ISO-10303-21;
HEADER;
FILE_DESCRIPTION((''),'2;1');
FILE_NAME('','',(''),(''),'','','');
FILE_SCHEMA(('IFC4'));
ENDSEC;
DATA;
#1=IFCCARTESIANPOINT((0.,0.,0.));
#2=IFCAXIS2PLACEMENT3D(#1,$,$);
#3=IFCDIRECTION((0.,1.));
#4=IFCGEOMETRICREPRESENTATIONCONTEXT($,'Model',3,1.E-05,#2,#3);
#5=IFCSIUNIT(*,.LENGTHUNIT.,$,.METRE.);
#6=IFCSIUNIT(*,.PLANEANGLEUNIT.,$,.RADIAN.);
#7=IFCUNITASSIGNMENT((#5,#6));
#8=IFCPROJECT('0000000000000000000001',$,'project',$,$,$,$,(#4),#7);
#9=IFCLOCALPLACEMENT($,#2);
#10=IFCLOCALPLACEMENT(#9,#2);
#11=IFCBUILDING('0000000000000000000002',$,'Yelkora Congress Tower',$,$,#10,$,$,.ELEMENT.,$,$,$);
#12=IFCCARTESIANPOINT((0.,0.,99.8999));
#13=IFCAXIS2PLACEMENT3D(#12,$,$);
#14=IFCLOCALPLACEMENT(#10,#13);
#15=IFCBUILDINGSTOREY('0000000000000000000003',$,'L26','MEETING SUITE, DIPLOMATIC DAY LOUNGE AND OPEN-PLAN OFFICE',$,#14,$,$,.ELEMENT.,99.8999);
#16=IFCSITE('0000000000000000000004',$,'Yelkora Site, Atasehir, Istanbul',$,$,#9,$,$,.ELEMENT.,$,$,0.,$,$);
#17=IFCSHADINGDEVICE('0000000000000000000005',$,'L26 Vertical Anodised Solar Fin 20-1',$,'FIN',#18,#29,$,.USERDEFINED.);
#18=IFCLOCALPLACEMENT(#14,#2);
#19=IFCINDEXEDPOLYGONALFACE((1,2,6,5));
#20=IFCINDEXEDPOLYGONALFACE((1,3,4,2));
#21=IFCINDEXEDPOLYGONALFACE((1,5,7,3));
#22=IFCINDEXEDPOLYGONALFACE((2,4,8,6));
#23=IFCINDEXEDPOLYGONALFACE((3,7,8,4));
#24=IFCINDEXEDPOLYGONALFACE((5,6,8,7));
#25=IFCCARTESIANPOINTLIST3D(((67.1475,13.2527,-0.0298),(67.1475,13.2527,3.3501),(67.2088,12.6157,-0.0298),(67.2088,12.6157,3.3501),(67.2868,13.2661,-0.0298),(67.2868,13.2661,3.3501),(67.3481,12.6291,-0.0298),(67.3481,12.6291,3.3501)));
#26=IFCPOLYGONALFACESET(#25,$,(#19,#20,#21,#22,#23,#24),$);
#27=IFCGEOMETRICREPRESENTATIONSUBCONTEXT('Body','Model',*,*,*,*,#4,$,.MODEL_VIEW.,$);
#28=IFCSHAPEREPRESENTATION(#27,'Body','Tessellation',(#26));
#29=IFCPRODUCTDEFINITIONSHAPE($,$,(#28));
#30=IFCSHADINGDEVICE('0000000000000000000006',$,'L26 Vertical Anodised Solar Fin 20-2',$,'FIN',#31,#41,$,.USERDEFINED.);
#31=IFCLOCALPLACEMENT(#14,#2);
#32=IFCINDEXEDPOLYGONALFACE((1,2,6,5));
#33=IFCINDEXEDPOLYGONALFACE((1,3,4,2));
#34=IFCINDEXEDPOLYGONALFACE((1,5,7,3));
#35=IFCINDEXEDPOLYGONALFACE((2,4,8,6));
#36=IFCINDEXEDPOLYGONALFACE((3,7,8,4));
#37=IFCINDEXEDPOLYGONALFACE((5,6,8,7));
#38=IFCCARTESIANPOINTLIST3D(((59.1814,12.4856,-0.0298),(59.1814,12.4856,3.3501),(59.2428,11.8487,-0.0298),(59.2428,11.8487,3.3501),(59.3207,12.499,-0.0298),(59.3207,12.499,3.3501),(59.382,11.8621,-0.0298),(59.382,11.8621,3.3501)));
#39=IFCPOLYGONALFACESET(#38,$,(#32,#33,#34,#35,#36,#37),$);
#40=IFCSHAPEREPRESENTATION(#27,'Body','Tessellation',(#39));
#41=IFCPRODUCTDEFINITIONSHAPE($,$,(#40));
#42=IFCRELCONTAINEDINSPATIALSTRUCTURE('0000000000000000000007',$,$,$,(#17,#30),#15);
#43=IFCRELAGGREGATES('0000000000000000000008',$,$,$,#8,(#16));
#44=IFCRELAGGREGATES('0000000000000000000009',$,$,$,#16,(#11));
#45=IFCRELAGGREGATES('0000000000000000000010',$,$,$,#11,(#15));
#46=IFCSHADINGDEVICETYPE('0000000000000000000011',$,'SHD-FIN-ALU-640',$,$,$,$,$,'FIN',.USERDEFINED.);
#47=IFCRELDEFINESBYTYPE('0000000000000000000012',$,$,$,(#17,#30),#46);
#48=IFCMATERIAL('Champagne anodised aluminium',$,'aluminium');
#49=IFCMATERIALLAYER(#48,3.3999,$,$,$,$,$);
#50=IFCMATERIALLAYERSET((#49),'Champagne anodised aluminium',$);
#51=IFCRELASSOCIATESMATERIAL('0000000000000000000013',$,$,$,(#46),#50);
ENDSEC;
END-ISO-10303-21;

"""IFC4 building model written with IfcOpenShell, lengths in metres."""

from ifc_helpers import new_model, si_unit, direction, frame, origin, origin_2d, place, context, subcontext, project, spatial, rectangle, extrude, material, layer, layer_set, type_object, element, save


model = new_model("IFC4")

# Units and contexts
model_context = context("Model", 3, precision=1e-05, world=origin(), true_north=direction((0.0, 1.0)))
body_context = subcontext(model_context, "Body", "Model", "MODEL_VIEW")
ifc_project = project(units=[si_unit("LENGTHUNIT", "METRE"), si_unit("PLANEANGLEUNIT", "RADIAN")], contexts=[model_context])

# Site, building, storey
site_placement = place(None, origin())
site = spatial("IfcSite", under=ifc_project, at=site_placement, Name="Yelkora Site, Atasehir, Istanbul", CompositionType="ELEMENT", RefElevation=0.0)
building_placement = place(site_placement, origin())
building = spatial("IfcBuilding", under=site, at=building_placement, Name="Yelkora Congress Tower", CompositionType="ELEMENT")
storey_placement = place(building_placement, frame((0.0, 0.0, 99.8999)))
storey = spatial("IfcBuildingStorey", under=building, at=storey_placement, Name="L26", Description="MEETING SUITE, DIPLOMATIC DAY LOUNGE AND OPEN-PLAN OFFICE", CompositionType="ELEMENT", Elevation=99.8999)

# Shading devices
ifc_material_1 = material(Name="Champagne anodised aluminium", Category="aluminium")
ifc_layer_1 = layer(ifc_material_1, 3.3999)
ifc_layer_set_1 = layer_set([ifc_layer_1], Name="Champagne anodised aluminium")
shading_device_type = type_object("IfcShadingDeviceType", Name="SHD-FIN-ALU-640", ElementType="FIN", PredefinedType="USERDEFINED", material=ifc_layer_set_1)
for number, where, z_axis, x_axis, name in (
    (1, (67.2478, 12.9409, -0.0298), (0.0, 0.0, 1.0), (-0.995396, -0.095846, 0.0), "L26 Vertical Anodised Solar Fin 20-1"),
    (2, (59.2817, 12.1738, -0.0298), (0.0, 0.0, 1.0), (-0.995396, -0.095846, 0.0), "L26 Vertical Anodised Solar Fin 20-2"),
):
    element("IfcShadingDevice", number, at=place(storey_placement, frame(where, z_axis=z_axis, x_axis=x_axis)), inside=storey, type_object=shading_device_type, Name=name, ObjectType="FIN", PredefinedType="USERDEFINED", context=body_context, shape_type="SweptSolid", body=[
        extrude(rectangle(XDim=0.1399, YDim=0.6399, at=origin_2d()), origin(), (0.0, 0.0, 1.0), 3.3799),
    ])

save(model, "model.ifc")
